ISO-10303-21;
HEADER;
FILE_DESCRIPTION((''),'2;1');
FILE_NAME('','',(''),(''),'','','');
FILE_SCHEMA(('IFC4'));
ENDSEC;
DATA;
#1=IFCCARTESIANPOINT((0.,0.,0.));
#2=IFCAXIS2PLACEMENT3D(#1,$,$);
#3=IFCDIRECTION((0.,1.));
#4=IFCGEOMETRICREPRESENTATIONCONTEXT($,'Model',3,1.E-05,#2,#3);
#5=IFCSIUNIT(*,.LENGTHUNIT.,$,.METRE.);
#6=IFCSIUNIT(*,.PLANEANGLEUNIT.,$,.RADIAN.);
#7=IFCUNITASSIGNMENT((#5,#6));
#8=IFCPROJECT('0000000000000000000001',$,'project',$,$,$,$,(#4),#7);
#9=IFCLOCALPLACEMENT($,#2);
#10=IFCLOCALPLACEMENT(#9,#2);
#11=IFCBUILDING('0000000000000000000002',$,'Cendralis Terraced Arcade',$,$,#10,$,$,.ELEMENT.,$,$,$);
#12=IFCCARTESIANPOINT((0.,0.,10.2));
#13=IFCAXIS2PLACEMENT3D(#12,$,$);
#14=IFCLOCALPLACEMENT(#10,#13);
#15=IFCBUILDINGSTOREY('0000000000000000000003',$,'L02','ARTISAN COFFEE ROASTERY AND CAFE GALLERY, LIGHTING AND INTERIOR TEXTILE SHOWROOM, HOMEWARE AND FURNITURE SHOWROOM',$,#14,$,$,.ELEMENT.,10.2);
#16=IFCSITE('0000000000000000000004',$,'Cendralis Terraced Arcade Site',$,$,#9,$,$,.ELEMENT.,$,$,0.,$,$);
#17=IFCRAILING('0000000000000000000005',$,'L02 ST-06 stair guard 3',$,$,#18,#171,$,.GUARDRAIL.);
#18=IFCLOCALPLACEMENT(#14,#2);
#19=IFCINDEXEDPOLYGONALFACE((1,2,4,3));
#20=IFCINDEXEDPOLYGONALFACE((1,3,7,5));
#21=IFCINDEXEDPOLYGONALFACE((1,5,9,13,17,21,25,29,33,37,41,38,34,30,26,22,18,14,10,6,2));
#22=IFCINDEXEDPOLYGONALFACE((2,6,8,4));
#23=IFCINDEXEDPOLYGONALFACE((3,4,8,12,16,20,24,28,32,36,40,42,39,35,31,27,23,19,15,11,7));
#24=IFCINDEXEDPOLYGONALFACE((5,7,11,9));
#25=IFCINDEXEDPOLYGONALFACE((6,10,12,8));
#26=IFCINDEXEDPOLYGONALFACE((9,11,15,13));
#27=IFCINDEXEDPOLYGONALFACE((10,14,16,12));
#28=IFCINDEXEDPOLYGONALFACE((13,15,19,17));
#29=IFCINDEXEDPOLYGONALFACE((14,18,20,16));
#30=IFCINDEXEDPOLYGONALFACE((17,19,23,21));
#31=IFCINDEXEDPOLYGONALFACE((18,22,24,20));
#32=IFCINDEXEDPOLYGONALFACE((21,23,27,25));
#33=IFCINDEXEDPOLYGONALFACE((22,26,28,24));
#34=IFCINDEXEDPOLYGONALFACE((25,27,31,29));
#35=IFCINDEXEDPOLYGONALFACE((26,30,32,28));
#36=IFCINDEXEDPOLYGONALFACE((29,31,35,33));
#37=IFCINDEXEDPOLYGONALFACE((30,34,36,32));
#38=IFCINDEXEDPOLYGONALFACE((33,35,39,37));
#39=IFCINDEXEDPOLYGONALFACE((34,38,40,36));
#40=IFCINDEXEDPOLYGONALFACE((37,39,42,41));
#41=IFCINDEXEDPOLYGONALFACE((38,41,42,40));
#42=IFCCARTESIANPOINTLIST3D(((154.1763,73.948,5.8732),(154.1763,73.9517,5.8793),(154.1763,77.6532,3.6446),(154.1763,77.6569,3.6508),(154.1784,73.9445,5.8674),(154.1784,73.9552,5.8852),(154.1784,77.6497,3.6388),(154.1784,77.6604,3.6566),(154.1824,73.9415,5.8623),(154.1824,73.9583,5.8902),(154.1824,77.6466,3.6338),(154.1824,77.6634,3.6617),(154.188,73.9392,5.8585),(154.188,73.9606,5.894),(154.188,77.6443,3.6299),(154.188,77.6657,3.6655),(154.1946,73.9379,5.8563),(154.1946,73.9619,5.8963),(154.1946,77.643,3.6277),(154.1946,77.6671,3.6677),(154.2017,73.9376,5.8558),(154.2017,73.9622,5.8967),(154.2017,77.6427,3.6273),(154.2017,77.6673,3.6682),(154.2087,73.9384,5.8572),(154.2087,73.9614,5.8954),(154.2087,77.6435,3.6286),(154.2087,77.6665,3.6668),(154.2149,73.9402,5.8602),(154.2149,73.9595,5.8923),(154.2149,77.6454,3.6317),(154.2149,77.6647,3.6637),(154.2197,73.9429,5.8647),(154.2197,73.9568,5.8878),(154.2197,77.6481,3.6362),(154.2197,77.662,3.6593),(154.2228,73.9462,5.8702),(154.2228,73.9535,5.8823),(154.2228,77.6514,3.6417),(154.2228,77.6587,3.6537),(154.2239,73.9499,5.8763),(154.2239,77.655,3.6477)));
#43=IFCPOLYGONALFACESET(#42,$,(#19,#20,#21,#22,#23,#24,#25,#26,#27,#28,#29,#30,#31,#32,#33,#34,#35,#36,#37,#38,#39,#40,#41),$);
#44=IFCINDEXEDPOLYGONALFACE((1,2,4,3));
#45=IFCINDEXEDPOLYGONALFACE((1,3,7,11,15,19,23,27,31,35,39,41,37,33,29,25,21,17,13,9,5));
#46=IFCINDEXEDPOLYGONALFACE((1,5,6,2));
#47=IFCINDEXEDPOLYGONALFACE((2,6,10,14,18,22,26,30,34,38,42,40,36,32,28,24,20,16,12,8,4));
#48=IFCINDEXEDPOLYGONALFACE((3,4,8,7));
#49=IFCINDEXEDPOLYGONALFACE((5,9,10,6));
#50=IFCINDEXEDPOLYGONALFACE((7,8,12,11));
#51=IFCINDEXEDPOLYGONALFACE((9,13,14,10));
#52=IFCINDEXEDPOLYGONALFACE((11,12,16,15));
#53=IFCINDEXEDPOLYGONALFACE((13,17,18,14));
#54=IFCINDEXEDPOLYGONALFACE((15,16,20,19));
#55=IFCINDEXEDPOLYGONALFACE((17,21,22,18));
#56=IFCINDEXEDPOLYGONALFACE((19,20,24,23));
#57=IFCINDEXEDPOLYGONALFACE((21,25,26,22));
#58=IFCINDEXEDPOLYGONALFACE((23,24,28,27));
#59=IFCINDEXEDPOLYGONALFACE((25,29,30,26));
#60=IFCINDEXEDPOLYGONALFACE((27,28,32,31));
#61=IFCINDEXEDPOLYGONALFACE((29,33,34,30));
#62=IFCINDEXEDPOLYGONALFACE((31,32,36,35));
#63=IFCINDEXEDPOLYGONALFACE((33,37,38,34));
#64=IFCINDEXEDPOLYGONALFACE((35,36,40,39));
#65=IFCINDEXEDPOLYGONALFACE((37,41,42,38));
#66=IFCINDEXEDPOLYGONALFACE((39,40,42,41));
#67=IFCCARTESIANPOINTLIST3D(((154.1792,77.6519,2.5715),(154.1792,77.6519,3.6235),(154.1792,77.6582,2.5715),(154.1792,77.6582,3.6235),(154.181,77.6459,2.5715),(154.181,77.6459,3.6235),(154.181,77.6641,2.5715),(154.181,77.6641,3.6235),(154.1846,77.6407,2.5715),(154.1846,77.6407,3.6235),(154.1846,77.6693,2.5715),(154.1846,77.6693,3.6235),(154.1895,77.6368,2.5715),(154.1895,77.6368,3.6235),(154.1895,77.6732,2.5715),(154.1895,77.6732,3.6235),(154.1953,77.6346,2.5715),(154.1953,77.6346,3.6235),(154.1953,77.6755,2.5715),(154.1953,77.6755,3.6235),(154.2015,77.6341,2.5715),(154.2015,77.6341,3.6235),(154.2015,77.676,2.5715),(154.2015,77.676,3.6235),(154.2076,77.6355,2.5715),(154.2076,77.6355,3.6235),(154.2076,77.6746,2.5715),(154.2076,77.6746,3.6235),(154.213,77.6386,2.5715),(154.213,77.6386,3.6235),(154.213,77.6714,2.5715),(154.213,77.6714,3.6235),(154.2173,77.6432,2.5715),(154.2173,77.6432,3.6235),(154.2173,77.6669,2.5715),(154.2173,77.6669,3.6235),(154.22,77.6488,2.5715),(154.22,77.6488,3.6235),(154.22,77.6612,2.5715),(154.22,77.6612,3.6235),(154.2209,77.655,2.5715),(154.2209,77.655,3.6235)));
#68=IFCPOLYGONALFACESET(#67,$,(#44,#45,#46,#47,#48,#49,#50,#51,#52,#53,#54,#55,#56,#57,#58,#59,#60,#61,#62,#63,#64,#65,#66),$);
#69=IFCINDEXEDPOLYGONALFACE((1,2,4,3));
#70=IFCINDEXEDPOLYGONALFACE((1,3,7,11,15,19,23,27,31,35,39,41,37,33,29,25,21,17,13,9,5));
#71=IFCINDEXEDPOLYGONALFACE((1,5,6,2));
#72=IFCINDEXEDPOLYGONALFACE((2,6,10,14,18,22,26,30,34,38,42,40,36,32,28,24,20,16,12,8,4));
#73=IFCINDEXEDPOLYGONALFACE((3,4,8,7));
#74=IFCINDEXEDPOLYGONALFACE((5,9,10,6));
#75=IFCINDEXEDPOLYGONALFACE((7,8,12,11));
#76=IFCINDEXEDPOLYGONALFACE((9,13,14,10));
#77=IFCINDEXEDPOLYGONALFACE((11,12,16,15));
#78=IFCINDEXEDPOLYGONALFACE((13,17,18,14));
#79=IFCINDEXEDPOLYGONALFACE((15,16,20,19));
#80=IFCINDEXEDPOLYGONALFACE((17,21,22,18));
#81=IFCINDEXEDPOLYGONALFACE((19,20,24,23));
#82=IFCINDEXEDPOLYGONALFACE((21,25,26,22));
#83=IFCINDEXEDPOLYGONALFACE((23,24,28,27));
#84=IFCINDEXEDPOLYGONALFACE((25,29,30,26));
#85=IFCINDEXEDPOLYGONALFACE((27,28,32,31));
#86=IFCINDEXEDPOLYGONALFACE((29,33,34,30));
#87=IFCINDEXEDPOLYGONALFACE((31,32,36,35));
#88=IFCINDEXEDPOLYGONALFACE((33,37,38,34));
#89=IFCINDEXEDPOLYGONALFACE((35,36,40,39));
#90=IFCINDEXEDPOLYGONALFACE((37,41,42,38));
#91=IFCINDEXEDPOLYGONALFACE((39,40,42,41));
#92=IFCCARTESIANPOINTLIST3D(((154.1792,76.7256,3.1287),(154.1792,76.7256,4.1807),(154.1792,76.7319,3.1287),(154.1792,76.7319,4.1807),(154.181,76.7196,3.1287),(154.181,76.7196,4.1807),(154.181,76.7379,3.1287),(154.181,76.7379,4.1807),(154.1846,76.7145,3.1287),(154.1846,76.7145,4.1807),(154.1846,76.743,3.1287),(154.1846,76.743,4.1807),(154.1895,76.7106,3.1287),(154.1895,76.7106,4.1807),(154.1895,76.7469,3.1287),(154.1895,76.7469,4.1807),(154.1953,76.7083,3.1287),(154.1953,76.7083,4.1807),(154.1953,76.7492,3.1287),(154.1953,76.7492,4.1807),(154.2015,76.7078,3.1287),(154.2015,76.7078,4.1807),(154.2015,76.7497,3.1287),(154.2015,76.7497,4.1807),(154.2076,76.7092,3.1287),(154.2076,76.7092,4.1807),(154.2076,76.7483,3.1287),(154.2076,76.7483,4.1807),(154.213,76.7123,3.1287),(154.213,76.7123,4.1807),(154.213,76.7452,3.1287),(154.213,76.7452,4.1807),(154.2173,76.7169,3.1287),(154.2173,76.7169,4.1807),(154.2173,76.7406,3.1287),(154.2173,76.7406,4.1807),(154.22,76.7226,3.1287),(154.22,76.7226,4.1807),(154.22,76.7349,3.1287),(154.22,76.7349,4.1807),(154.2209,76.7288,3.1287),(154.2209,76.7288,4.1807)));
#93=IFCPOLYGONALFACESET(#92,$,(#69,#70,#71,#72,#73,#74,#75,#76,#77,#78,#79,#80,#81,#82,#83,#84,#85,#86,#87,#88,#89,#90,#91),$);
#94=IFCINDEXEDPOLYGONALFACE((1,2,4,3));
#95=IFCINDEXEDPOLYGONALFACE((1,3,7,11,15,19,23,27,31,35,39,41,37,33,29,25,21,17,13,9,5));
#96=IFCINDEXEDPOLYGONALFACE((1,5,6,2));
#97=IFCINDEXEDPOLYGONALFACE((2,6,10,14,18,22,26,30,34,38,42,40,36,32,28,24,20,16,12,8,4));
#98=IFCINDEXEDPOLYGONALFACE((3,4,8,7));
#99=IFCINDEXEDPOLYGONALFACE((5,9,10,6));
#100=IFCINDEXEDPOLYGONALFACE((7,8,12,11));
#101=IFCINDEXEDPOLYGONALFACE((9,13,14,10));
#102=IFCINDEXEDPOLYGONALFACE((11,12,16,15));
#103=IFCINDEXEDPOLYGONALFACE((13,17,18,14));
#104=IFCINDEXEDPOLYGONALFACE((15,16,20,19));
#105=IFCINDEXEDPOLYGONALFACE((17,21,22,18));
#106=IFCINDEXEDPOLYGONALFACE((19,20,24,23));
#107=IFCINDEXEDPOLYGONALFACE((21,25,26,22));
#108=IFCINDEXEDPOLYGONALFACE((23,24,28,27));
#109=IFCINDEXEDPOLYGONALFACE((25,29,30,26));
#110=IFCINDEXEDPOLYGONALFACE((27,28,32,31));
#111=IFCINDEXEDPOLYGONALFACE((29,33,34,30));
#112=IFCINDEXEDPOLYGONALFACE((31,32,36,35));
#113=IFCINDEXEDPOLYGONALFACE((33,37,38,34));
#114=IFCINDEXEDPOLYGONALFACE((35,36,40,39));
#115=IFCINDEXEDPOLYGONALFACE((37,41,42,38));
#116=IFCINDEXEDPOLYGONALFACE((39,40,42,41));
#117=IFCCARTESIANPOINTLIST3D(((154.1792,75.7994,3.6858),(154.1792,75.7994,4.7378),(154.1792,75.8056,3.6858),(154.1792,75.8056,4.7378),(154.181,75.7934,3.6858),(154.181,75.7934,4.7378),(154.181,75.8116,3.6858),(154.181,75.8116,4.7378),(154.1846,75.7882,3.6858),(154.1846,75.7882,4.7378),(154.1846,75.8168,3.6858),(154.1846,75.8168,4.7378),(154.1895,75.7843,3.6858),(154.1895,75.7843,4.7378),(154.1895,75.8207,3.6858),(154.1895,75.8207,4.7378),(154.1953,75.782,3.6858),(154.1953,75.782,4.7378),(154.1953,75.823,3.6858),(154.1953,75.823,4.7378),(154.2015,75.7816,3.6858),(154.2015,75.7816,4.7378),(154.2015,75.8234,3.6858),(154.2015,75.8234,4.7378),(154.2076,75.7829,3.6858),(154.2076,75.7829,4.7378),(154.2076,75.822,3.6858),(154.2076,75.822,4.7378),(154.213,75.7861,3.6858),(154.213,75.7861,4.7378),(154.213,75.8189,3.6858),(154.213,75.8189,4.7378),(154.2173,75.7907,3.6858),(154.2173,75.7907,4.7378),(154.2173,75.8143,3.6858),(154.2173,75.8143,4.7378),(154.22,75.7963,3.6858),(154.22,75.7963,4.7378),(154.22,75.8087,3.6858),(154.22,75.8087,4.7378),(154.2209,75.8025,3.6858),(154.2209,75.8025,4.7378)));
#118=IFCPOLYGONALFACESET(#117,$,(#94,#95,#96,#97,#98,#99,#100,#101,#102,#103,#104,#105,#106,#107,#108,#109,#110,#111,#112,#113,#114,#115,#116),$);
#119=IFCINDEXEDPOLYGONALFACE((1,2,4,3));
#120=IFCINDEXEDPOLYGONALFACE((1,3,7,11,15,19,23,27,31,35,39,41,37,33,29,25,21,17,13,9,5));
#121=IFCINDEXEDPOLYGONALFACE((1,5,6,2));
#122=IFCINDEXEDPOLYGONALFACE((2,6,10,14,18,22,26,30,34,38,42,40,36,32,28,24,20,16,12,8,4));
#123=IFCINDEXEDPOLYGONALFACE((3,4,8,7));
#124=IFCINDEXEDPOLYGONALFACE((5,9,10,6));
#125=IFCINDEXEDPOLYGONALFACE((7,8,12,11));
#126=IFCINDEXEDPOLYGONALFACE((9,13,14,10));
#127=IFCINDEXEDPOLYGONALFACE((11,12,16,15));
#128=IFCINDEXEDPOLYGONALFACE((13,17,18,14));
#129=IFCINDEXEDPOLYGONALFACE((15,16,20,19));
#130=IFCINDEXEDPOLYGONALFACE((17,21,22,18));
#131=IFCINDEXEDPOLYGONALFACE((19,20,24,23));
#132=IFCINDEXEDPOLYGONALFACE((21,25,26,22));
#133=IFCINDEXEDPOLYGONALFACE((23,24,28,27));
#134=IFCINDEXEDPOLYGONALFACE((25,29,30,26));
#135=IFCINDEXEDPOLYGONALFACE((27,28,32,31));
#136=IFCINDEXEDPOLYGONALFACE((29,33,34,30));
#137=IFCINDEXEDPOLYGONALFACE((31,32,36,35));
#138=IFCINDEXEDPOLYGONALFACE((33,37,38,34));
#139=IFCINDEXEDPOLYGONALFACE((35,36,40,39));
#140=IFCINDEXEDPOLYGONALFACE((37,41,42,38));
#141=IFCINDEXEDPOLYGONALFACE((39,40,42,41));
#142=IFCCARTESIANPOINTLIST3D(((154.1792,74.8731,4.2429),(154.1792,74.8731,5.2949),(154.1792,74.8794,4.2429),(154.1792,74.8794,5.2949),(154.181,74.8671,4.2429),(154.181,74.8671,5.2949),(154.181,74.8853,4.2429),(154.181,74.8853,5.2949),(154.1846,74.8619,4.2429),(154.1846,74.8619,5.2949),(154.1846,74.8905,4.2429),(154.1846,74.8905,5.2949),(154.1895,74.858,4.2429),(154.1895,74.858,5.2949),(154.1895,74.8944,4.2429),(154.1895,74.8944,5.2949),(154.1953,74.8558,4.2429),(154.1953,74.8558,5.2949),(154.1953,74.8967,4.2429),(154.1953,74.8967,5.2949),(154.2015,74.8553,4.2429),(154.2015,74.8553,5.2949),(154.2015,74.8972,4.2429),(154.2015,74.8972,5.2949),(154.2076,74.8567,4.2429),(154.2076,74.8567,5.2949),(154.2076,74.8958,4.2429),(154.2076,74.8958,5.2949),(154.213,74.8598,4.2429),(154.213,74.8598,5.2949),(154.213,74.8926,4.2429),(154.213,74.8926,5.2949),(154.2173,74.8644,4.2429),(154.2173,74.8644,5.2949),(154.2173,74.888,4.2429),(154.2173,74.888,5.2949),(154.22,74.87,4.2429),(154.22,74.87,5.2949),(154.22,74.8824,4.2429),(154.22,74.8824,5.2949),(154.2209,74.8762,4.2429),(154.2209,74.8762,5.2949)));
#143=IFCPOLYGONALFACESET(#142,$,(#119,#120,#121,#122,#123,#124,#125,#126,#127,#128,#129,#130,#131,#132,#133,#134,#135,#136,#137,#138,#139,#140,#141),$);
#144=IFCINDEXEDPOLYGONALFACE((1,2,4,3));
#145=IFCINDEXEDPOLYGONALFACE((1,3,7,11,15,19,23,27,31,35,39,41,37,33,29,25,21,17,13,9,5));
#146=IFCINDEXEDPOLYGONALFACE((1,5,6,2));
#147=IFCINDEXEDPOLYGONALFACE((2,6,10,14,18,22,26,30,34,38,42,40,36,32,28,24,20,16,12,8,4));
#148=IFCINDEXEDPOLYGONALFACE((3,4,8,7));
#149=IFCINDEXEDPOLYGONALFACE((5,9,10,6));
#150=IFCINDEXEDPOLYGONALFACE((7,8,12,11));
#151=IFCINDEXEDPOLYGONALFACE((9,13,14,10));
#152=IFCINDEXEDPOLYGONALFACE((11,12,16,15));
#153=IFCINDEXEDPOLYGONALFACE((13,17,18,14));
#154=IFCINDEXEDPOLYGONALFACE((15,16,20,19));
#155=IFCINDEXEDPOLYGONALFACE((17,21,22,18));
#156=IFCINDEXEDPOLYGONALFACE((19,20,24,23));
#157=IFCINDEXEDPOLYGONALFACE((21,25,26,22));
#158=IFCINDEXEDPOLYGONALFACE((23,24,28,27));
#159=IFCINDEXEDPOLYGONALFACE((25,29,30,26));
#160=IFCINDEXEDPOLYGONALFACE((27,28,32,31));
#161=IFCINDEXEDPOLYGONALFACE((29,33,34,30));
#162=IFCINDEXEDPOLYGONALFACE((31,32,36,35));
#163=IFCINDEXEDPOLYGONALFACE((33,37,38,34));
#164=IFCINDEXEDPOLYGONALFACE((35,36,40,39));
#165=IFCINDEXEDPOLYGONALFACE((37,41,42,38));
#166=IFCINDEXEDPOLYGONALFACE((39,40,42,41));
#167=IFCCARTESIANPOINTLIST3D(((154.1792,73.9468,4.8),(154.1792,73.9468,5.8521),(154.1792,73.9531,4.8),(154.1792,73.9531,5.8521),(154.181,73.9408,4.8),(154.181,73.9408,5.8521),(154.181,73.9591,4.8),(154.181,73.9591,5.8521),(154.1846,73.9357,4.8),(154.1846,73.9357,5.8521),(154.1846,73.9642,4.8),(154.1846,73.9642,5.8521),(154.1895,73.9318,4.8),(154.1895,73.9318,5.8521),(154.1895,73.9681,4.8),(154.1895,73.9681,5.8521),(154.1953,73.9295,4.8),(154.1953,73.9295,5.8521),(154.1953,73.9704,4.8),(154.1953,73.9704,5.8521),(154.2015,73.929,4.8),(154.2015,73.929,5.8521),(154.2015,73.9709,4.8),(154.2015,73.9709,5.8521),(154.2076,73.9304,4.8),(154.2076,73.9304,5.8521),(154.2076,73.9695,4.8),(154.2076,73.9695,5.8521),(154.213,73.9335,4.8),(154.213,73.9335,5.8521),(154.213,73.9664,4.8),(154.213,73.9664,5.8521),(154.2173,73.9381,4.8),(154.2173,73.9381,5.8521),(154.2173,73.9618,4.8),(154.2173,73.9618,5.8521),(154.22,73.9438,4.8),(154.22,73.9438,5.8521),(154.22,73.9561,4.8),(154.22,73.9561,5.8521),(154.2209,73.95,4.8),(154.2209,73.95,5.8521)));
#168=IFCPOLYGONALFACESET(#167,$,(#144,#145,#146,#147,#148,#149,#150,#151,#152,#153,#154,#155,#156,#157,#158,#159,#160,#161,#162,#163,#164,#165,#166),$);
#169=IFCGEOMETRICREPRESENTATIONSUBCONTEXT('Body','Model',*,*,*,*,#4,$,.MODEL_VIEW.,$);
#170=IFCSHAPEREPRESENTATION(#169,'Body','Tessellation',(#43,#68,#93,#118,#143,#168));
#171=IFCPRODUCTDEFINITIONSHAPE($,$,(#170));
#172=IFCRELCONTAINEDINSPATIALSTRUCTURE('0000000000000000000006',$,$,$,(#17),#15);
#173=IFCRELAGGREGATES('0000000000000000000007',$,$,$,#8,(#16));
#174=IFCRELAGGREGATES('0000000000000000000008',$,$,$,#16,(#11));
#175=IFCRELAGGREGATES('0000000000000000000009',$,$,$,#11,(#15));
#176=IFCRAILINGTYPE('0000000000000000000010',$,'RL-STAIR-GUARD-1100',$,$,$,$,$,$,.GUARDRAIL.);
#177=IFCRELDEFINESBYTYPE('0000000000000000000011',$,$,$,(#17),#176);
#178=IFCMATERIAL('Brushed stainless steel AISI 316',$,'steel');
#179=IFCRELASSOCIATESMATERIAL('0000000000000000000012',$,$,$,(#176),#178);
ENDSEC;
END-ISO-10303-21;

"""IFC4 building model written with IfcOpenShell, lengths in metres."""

from ifc_helpers import new_model, si_unit, direction, frame, origin, origin_2d, place, context, subcontext, project, spatial, circle, extrude, material, type_object, element, save


model = new_model("IFC4")

# Units and contexts
model_context = context("Model", 3, precision=1e-05, world=origin(), true_north=direction((0.0, 1.0)))
body_context = subcontext(model_context, "Body", "Model", "MODEL_VIEW")
ifc_project = project(units=[si_unit("LENGTHUNIT", "METRE"), si_unit("PLANEANGLEUNIT", "RADIAN")], contexts=[model_context])

# Site, building, storey
site_placement = place(None, origin())
site = spatial("IfcSite", under=ifc_project, at=site_placement, Name="Cendralis Terraced Arcade Site", CompositionType="ELEMENT", RefElevation=0.0)
building_placement = place(site_placement, origin())
building = spatial("IfcBuilding", under=site, at=building_placement, Name="Cendralis Terraced Arcade", CompositionType="ELEMENT")
storey_placement = place(building_placement, frame((0.0, 0.0, 10.2)))
storey = spatial("IfcBuildingStorey", under=building, at=storey_placement, Name="L02", Description="ARTISAN COFFEE ROASTERY AND CAFE GALLERY, LIGHTING AND INTERIOR TEXTILE SHOWROOM, HOMEWARE AND FURNITURE SHOWROOM", CompositionType="ELEMENT", Elevation=10.2)

# Railing
ifc_material_1 = material(Name="Brushed stainless steel AISI 316", Category="steel")
railing_type_1 = type_object("IfcRailingType", Name="RL-STAIR-GUARD-1100", PredefinedType="GUARDRAIL", material=ifc_material_1)
railing_1_placement = place(storey_placement, frame((154.2, 77.655, 2.5715)))
element("IfcRailing", 1, at=railing_1_placement, inside=storey, type_object=railing_type_1, Name="L02 ST-06 stair guard 3", PredefinedType="GUARDRAIL", context=body_context, shape_type="SweptSolid", body=[
    extrude(circle(Radius=0.0239, at=origin_2d()), frame((0.0, 0.0, 1.0762), z_axis=(0.0, -0.856934, 0.515425), x_axis=(1.0, 0.0, 0.0)), (0.0, 0.0, 1.0), 4.3237),
    extrude(circle(Radius=0.021, at=origin_2d()), origin(), (0.0, 0.0, 1.0), 1.052),
    extrude(circle(Radius=0.021, at=origin_2d()), frame((0.0, -0.9263, 0.5571)), (0.0, 0.0, 1.0), 1.052),
    extrude(circle(Radius=0.021, at=origin_2d()), frame((0.0, -1.8525, 1.1143)), (0.0, 0.0, 1.0), 1.052),
    extrude(circle(Radius=0.021, at=origin_2d()), frame((0.0, -2.7788, 1.6714)), (0.0, 0.0, 1.0), 1.052),
    extrude(circle(Radius=0.021, at=origin_2d()), frame((0.0, -3.7051, 2.2285)), (0.0, 0.0, 1.0), 1.052),
])

save(model, "model.ifc")
